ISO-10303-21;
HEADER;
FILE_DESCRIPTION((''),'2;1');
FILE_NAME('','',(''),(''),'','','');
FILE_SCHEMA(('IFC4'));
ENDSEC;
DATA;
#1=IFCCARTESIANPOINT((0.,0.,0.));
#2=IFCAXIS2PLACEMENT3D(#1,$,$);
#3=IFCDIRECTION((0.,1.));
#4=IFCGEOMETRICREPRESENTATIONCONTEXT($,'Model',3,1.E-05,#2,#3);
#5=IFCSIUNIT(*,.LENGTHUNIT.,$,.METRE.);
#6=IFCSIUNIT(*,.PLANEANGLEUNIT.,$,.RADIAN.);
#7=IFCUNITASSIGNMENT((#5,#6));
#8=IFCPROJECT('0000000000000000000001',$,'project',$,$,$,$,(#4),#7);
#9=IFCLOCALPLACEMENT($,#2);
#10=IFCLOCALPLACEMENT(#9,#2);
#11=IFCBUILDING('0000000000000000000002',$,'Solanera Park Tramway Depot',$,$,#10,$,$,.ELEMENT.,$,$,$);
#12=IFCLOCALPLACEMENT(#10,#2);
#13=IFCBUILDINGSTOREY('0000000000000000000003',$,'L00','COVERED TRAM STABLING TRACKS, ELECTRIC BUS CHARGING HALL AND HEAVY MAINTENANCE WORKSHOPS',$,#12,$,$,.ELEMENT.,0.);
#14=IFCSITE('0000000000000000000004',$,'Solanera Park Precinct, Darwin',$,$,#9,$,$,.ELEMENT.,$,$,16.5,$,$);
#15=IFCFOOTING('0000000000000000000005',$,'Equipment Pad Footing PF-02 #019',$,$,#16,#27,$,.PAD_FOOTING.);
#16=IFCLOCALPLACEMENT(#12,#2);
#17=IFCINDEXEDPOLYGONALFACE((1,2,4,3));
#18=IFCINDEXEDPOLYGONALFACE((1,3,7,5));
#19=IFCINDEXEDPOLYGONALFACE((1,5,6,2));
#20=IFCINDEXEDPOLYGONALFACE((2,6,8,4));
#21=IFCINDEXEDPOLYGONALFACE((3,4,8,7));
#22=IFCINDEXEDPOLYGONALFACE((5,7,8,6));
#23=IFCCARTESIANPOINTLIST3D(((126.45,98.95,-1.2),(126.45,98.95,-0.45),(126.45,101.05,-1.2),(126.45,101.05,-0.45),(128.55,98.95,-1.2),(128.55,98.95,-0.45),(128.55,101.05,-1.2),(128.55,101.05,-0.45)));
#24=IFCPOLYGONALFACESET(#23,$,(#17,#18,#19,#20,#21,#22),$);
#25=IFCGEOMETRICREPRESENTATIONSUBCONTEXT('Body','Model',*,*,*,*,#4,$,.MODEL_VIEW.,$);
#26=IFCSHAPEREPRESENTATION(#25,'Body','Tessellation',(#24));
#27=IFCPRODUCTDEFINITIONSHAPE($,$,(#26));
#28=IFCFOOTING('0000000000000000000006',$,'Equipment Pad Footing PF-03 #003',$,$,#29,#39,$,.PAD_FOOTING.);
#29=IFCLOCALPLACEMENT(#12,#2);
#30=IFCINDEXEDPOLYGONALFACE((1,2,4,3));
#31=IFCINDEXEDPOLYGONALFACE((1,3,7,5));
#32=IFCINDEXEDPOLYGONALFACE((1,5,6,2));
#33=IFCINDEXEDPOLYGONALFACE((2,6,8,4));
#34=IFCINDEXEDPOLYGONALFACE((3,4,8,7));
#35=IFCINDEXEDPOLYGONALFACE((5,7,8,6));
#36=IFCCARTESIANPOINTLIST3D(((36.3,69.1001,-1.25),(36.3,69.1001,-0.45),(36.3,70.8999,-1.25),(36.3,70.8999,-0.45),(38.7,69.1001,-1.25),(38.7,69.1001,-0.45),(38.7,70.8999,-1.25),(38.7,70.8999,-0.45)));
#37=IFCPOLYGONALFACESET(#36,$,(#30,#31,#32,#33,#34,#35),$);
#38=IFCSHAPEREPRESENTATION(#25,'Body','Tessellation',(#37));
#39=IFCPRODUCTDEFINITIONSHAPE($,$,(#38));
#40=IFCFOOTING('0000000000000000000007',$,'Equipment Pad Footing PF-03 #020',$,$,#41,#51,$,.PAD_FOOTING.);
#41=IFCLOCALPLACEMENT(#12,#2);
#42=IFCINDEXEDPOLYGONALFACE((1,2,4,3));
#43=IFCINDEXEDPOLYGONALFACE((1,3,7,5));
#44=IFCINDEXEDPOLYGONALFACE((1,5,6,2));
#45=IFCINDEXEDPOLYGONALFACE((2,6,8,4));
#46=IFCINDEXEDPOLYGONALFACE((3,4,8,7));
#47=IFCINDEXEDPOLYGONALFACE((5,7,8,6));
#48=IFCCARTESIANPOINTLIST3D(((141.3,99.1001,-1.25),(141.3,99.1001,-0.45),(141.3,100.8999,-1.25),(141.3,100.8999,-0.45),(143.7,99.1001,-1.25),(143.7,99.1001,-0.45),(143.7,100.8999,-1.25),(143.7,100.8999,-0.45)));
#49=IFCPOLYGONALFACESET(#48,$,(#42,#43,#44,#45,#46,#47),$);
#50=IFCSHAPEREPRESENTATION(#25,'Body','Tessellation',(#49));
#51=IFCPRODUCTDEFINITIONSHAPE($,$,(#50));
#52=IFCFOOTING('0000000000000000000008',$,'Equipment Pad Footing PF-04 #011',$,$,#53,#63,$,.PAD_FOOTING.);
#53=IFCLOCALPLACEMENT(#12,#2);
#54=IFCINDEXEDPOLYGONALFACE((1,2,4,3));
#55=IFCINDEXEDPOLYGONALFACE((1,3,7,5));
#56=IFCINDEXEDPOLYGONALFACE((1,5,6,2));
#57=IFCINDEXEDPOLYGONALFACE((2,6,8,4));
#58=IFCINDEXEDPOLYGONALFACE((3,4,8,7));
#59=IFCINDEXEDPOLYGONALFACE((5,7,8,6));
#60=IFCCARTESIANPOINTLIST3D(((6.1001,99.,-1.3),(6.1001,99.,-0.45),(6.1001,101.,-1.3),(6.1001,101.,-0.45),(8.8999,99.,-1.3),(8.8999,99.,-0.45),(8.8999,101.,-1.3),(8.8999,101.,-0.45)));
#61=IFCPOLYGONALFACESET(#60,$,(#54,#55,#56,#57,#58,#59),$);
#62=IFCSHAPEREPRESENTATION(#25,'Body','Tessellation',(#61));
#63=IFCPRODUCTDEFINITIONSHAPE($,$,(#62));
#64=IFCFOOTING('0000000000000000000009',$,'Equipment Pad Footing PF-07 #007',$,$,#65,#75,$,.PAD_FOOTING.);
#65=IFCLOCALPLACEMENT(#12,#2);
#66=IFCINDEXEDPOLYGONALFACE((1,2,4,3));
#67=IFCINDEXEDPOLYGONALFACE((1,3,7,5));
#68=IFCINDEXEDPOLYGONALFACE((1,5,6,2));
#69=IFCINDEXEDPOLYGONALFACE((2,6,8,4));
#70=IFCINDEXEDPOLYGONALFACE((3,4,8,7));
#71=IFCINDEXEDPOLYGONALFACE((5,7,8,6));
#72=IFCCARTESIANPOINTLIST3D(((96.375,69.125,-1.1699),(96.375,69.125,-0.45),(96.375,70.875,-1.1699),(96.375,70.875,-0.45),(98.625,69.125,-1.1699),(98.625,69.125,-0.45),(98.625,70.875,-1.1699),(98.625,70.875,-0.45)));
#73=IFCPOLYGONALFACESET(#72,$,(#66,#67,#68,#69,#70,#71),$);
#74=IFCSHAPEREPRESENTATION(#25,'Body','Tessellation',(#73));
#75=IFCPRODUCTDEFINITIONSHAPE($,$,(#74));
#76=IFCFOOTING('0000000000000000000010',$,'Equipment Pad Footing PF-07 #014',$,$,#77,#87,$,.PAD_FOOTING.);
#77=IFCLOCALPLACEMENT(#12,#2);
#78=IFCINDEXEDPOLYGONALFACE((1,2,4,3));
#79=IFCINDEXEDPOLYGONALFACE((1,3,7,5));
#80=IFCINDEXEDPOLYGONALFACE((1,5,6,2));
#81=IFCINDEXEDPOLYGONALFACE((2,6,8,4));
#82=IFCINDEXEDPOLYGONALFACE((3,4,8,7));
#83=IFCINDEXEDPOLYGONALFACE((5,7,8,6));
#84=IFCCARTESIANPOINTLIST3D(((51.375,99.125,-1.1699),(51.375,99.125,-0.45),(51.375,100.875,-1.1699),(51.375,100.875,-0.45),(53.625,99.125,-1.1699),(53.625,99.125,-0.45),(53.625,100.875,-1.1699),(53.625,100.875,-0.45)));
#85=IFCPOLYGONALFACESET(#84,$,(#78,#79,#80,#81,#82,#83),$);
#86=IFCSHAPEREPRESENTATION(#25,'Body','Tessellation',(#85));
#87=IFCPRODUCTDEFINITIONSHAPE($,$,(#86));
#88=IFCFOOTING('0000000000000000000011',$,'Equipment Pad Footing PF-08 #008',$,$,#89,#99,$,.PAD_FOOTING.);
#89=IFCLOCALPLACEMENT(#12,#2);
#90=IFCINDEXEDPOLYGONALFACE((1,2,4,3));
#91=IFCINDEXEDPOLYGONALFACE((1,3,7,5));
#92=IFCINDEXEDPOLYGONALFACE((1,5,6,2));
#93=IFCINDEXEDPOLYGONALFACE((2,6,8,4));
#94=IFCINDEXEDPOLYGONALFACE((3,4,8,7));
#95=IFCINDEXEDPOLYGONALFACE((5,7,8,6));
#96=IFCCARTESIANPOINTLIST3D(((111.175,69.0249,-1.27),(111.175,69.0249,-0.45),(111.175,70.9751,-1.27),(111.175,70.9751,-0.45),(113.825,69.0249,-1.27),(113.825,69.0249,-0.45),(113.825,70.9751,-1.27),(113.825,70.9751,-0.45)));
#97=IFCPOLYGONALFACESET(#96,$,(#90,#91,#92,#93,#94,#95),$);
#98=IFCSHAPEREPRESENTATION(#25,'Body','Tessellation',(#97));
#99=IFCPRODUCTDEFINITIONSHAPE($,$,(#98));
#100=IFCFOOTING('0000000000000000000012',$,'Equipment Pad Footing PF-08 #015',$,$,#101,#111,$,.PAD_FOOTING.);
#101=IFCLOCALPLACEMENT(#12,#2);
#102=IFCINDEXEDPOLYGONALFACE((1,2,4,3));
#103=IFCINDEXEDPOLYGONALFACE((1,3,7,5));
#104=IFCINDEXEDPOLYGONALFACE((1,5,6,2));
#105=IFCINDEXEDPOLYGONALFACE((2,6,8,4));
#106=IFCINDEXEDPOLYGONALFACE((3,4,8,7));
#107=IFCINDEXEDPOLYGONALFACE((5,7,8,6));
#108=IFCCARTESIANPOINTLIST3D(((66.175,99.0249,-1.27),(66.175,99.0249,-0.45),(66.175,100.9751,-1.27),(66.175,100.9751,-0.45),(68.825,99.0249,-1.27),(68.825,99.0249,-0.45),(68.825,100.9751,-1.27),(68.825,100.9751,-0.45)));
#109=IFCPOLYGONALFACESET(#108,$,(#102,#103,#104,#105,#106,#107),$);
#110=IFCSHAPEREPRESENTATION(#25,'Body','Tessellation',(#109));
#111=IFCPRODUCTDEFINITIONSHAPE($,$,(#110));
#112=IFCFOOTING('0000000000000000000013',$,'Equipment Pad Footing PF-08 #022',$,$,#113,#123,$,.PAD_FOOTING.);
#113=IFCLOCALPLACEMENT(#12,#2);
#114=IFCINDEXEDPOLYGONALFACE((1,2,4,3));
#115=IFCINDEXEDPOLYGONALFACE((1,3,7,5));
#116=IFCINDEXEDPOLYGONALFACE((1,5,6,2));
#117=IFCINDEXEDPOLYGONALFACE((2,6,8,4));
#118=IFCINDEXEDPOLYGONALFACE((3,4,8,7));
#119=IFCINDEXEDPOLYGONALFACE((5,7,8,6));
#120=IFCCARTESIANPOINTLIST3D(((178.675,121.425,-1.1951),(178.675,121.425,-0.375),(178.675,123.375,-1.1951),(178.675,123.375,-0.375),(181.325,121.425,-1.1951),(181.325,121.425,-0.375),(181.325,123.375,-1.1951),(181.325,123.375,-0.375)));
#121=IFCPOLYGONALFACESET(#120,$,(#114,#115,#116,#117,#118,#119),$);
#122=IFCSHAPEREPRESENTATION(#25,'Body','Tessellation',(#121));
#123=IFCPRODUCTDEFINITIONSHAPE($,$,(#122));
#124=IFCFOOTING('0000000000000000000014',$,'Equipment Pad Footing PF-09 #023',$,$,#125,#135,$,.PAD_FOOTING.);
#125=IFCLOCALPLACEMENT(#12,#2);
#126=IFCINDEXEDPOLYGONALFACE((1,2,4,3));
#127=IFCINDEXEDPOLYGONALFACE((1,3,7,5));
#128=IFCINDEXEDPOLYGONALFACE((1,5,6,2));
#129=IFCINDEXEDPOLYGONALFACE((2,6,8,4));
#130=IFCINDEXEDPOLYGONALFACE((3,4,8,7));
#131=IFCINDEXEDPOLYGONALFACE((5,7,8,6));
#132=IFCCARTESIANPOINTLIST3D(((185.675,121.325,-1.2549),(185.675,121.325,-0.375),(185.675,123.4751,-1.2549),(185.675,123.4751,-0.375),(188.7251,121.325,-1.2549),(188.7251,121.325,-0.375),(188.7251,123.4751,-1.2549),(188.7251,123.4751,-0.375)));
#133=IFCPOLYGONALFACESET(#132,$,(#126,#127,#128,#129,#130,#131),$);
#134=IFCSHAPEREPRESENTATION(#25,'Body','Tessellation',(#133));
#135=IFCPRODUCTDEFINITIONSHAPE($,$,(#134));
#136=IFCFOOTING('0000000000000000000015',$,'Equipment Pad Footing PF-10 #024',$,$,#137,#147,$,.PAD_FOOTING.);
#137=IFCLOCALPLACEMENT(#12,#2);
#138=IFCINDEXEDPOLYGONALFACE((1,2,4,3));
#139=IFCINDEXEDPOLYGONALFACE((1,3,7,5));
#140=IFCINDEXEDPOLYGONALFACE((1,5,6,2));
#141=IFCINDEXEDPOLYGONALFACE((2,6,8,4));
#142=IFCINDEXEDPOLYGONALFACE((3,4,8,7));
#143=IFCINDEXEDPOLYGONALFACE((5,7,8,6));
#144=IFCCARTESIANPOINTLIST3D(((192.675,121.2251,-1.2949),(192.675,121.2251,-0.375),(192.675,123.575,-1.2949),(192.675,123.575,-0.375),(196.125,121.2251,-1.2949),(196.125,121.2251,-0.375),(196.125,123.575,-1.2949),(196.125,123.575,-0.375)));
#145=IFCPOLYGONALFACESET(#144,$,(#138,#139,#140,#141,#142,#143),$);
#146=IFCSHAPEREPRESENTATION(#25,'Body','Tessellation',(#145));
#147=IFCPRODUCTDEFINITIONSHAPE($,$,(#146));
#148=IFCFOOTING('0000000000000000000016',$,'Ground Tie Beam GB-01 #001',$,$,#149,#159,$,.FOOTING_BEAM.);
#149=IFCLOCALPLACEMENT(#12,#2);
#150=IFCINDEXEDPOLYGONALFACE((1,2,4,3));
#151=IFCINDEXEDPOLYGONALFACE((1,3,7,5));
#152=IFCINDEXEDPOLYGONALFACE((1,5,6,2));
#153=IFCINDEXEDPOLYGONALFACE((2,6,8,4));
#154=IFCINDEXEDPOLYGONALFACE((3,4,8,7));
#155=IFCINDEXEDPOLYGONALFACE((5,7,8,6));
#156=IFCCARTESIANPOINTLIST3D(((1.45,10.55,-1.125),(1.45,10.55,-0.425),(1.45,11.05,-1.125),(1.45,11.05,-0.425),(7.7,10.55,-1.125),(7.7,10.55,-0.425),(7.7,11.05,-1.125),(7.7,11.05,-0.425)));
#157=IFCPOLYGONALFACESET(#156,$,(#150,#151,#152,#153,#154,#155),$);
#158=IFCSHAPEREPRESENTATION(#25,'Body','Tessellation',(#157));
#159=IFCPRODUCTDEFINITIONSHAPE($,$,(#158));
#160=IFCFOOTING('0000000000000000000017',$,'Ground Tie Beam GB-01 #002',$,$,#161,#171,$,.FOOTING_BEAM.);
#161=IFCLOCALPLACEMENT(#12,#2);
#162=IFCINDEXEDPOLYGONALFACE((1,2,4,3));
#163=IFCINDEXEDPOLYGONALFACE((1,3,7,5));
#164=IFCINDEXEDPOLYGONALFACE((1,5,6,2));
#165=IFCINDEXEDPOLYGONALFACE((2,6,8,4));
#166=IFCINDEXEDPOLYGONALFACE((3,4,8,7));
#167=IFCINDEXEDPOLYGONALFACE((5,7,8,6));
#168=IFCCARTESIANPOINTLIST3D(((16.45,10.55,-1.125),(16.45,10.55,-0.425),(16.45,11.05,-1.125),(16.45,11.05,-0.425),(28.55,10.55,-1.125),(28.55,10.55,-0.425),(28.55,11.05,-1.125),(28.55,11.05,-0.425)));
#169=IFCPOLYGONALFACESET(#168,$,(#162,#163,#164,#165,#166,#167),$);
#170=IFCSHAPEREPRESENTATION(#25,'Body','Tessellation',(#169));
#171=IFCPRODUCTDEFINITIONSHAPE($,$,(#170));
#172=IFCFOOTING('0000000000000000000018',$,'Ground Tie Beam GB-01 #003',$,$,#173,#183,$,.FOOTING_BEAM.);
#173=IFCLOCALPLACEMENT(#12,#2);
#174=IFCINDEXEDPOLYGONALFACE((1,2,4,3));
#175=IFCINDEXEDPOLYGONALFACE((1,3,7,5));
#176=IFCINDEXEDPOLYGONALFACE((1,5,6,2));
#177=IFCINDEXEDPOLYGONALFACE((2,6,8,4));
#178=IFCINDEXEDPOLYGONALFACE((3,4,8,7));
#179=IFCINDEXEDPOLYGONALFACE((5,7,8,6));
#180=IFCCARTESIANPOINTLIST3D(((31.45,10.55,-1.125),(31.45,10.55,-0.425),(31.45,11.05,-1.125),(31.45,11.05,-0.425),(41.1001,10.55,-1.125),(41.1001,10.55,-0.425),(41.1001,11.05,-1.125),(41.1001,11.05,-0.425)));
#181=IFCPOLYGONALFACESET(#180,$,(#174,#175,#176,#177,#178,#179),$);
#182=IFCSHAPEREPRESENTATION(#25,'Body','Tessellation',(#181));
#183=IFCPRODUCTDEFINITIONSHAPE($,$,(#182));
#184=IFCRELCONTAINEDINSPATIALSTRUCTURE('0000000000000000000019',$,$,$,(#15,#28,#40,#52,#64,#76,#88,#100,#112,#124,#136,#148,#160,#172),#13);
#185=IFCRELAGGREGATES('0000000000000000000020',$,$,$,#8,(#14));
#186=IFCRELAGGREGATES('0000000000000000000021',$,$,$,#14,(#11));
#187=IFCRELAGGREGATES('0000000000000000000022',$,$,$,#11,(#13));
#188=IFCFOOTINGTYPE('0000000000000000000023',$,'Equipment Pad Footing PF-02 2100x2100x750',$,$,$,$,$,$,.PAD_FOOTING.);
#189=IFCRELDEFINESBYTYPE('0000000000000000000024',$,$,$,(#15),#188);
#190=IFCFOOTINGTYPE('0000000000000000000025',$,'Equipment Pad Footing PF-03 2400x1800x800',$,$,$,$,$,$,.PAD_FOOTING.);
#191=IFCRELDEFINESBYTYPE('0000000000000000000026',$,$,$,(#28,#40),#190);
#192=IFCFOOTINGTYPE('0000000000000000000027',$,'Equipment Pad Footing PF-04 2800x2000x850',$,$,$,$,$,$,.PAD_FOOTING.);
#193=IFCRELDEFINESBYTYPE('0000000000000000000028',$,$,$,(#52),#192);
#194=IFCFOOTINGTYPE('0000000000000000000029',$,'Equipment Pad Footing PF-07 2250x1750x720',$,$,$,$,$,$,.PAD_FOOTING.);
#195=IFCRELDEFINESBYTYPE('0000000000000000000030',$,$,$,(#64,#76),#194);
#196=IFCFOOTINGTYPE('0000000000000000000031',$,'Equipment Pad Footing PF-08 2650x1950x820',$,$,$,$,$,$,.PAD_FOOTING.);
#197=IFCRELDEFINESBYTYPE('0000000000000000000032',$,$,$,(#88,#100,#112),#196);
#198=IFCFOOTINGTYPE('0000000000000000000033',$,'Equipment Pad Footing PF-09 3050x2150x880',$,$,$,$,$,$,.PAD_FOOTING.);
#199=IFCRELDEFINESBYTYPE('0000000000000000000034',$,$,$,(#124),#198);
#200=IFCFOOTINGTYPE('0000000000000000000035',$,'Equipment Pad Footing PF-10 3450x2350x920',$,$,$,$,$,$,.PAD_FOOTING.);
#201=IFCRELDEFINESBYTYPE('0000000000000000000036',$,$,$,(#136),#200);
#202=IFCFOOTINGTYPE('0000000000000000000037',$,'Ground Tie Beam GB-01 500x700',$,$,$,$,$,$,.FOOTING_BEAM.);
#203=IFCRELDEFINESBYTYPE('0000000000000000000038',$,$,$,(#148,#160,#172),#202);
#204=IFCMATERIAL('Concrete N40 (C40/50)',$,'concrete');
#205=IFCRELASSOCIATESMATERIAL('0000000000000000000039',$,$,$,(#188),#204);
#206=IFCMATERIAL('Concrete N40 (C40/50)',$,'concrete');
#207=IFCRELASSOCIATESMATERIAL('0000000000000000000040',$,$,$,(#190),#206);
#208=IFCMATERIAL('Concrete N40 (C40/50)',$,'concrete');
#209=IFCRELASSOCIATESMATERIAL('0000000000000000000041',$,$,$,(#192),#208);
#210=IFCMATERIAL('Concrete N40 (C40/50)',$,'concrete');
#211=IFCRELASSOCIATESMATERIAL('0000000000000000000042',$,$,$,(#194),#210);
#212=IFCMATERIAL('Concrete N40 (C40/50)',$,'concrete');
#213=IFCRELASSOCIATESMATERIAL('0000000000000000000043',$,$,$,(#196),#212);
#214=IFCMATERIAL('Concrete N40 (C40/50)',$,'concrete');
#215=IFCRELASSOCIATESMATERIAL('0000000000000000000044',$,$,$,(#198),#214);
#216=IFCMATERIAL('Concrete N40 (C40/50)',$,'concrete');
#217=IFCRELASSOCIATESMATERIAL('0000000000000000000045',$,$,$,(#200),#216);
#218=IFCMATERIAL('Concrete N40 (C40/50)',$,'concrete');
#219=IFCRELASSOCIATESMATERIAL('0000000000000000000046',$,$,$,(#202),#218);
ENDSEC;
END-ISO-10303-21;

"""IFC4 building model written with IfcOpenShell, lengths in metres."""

from ifc_helpers import new_model, si_unit, direction, frame, origin, place, context, subcontext, project, spatial, polyline, outline, extrude, material, type_object, element, save


model = new_model("IFC4")

# Units and contexts
model_context = context("Model", 3, precision=1e-05, world=origin(), true_north=direction((0.0, 1.0)))
body_context = subcontext(model_context, "Body", "Model", "MODEL_VIEW")
ifc_project = project(units=[si_unit("LENGTHUNIT", "METRE"), si_unit("PLANEANGLEUNIT", "RADIAN")], contexts=[model_context])

# Site, building, storey
site_placement = place(None, origin())
site = spatial("IfcSite", under=ifc_project, at=site_placement, Name="Solanera Park Precinct, Darwin", CompositionType="ELEMENT", RefElevation=16.5)
building_placement = place(site_placement, origin())
building = spatial("IfcBuilding", under=site, at=building_placement, Name="Solanera Park Tramway Depot", CompositionType="ELEMENT")
storey_placement = place(building_placement, origin())
storey = spatial("IfcBuildingStorey", under=building, at=storey_placement, Name="L00", Description="COVERED TRAM STABLING TRACKS, ELECTRIC BUS CHARGING HALL AND HEAVY MAINTENANCE WORKSHOPS", CompositionType="ELEMENT", Elevation=0.0)

# Footings
ifc_material_1 = material(Name="Concrete N40 (C40/50)", Category="concrete")
footing_type_1 = type_object("IfcFootingType", Name="Equipment Pad Footing PF-02 2100x2100x750", PredefinedType="PAD_FOOTING", material=ifc_material_1)
footing_1_placement = place(storey_placement, frame((0.0, 0.0, -1.2)))
element("IfcFooting", 1, at=footing_1_placement, inside=storey, type_object=footing_type_1, Name="Equipment Pad Footing PF-02 #019", PredefinedType="PAD_FOOTING", context=body_context, shape_type="SweptSolid", body=[
    extrude(outline(polyline([(128.55, 98.95), (128.55, 101.05), (126.45, 101.05), (126.45, 98.95), (128.55, 98.95)])), origin(), (0.0, 0.0, 1.0), 0.75),
])
ifc_material_2 = material(Name="Concrete N40 (C40/50)", Category="concrete")
footing_type_2 = type_object("IfcFootingType", Name="Equipment Pad Footing PF-03 2400x1800x800", PredefinedType="PAD_FOOTING", material=ifc_material_2)
footing_2_placement = place(storey_placement, frame((0.0, 0.0, -1.25)))
element("IfcFooting", 2, at=footing_2_placement, inside=storey, type_object=footing_type_2, Name="Equipment Pad Footing PF-03 #003", PredefinedType="PAD_FOOTING", context=body_context, shape_type="SweptSolid", body=[
    extrude(outline(polyline([(38.7, 69.1001), (38.7, 70.8999), (36.3, 70.8999), (36.3, 69.1001), (38.7, 69.1001)])), origin(), (0.0, 0.0, 1.0), 0.8),
])
footing_3_placement = place(storey_placement, frame((0.0, 0.0, -1.25)))
element("IfcFooting", 3, at=footing_3_placement, inside=storey, type_object=footing_type_2, Name="Equipment Pad Footing PF-03 #020", PredefinedType="PAD_FOOTING", context=body_context, shape_type="SweptSolid", body=[
    extrude(outline(polyline([(143.7, 99.1001), (143.7, 100.8999), (141.3, 100.8999), (141.3, 99.1001), (143.7, 99.1001)])), origin(), (0.0, 0.0, 1.0), 0.8),
])
ifc_material_3 = material(Name="Concrete N40 (C40/50)", Category="concrete")
footing_type_3 = type_object("IfcFootingType", Name="Equipment Pad Footing PF-04 2800x2000x850", PredefinedType="PAD_FOOTING", material=ifc_material_3)
footing_4_placement = place(storey_placement, frame((0.0, 0.0, -1.3)))
element("IfcFooting", 4, at=footing_4_placement, inside=storey, type_object=footing_type_3, Name="Equipment Pad Footing PF-04 #011", PredefinedType="PAD_FOOTING", context=body_context, shape_type="SweptSolid", body=[
    extrude(outline(polyline([(8.8999, 99.0), (8.8999, 101.0), (6.1001, 101.0), (6.1001, 99.0), (8.8999, 99.0)])), origin(), (0.0, 0.0, 1.0), 0.8501),
])
ifc_material_4 = material(Name="Concrete N40 (C40/50)", Category="concrete")
footing_type_4 = type_object("IfcFootingType", Name="Equipment Pad Footing PF-07 2250x1750x720", PredefinedType="PAD_FOOTING", material=ifc_material_4)
footing_5_placement = place(storey_placement, frame((0.0, 0.0, -1.1699)))
element("IfcFooting", 5, at=footing_5_placement, inside=storey, type_object=footing_type_4, Name="Equipment Pad Footing PF-07 #007", PredefinedType="PAD_FOOTING", context=body_context, shape_type="SweptSolid", body=[
    extrude(outline(polyline([(98.625, 69.125), (98.625, 70.875), (96.375, 70.875), (96.375, 69.125), (98.625, 69.125)])), origin(), (0.0, 0.0, 1.0), 0.72),
])
footing_6_placement = place(storey_placement, frame((0.0, 0.0, -1.1699)))
element("IfcFooting", 6, at=footing_6_placement, inside=storey, type_object=footing_type_4, Name="Equipment Pad Footing PF-07 #014", PredefinedType="PAD_FOOTING", context=body_context, shape_type="SweptSolid", body=[
    extrude(outline(polyline([(53.625, 99.125), (53.625, 100.875), (51.375, 100.875), (51.375, 99.125), (53.625, 99.125)])), origin(), (0.0, 0.0, 1.0), 0.72),
])
ifc_material_5 = material(Name="Concrete N40 (C40/50)", Category="concrete")
footing_type_5 = type_object("IfcFootingType", Name="Equipment Pad Footing PF-08 2650x1950x820", PredefinedType="PAD_FOOTING", material=ifc_material_5)
footing_7_placement = place(storey_placement, frame((0.0, 0.0, -1.27)))
element("IfcFooting", 7, at=footing_7_placement, inside=storey, type_object=footing_type_5, Name="Equipment Pad Footing PF-08 #008", PredefinedType="PAD_FOOTING", context=body_context, shape_type="SweptSolid", body=[
    extrude(outline(polyline([(113.825, 69.0249), (113.825, 70.9751), (111.175, 70.9751), (111.175, 69.0249), (113.825, 69.0249)])), origin(), (0.0, 0.0, 1.0), 0.8201),
])
footing_8_placement = place(storey_placement, frame((0.0, 0.0, -1.27)))
element("IfcFooting", 8, at=footing_8_placement, inside=storey, type_object=footing_type_5, Name="Equipment Pad Footing PF-08 #015", PredefinedType="PAD_FOOTING", context=body_context, shape_type="SweptSolid", body=[
    extrude(outline(polyline([(68.825, 99.0249), (68.825, 100.9751), (66.175, 100.9751), (66.175, 99.0249), (68.825, 99.0249)])), origin(), (0.0, 0.0, 1.0), 0.8201),
])
footing_9_placement = place(storey_placement, frame((0.0, 0.0, -1.1951)))
element("IfcFooting", 9, at=footing_9_placement, inside=storey, type_object=footing_type_5, Name="Equipment Pad Footing PF-08 #022", PredefinedType="PAD_FOOTING", context=body_context, shape_type="SweptSolid", body=[
    extrude(outline(polyline([(181.325, 121.425), (181.325, 123.375), (178.675, 123.375), (178.675, 121.425), (181.325, 121.425)])), origin(), (0.0, 0.0, 1.0), 0.8201),
])
ifc_material_6 = material(Name="Concrete N40 (C40/50)", Category="concrete")
footing_type_6 = type_object("IfcFootingType", Name="Equipment Pad Footing PF-09 3050x2150x880", PredefinedType="PAD_FOOTING", material=ifc_material_6)
footing_10_placement = place(storey_placement, frame((0.0, 0.0, -1.2549)))
element("IfcFooting", 10, at=footing_10_placement, inside=storey, type_object=footing_type_6, Name="Equipment Pad Footing PF-09 #023", PredefinedType="PAD_FOOTING", context=body_context, shape_type="SweptSolid", body=[
    extrude(outline(polyline([(188.7251, 121.325), (188.7251, 123.4751), (185.675, 123.4751), (185.675, 121.325), (188.7251, 121.325)])), origin(), (0.0, 0.0, 1.0), 0.8799),
])
ifc_material_7 = material(Name="Concrete N40 (C40/50)", Category="concrete")
footing_type_7 = type_object("IfcFootingType", Name="Equipment Pad Footing PF-10 3450x2350x920", PredefinedType="PAD_FOOTING", material=ifc_material_7)
footing_11_placement = place(storey_placement, frame((0.0, 0.0, -1.2949)))
element("IfcFooting", 11, at=footing_11_placement, inside=storey, type_object=footing_type_7, Name="Equipment Pad Footing PF-10 #024", PredefinedType="PAD_FOOTING", context=body_context, shape_type="SweptSolid", body=[
    extrude(outline(polyline([(196.125, 121.2251), (196.125, 123.575), (192.675, 123.575), (192.675, 121.2251), (196.125, 121.2251)])), origin(), (0.0, 0.0, 1.0), 0.9199),
])
ifc_material_8 = material(Name="Concrete N40 (C40/50)", Category="concrete")
footing_type_8 = type_object("IfcFootingType", Name="Ground Tie Beam GB-01 500x700", PredefinedType="FOOTING_BEAM", material=ifc_material_8)
footing_12_placement = place(storey_placement, frame((0.0, 0.0, -1.125)))
element("IfcFooting", 12, at=footing_12_placement, inside=storey, type_object=footing_type_8, Name="Ground Tie Beam GB-01 #001", PredefinedType="FOOTING_BEAM", context=body_context, shape_type="SweptSolid", body=[
    extrude(outline(polyline([(7.7, 10.55), (7.7, 11.05), (1.45, 11.05), (1.45, 10.55), (7.7, 10.55)])), origin(), (0.0, 0.0, 1.0), 0.7),
])
footing_13_placement = place(storey_placement, frame((0.0, 0.0, -1.125)))
element("IfcFooting", 13, at=footing_13_placement, inside=storey, type_object=footing_type_8, Name="Ground Tie Beam GB-01 #002", PredefinedType="FOOTING_BEAM", context=body_context, shape_type="SweptSolid", body=[
    extrude(outline(polyline([(28.55, 10.55), (28.55, 11.05), (16.45, 11.05), (16.45, 10.55), (28.55, 10.55)])), origin(), (0.0, 0.0, 1.0), 0.7),
])
footing_14_placement = place(storey_placement, frame((0.0, 0.0, -1.125)))
element("IfcFooting", 14, at=footing_14_placement, inside=storey, type_object=footing_type_8, Name="Ground Tie Beam GB-01 #003", PredefinedType="FOOTING_BEAM", context=body_context, shape_type="SweptSolid", body=[
    extrude(outline(polyline([(41.1001, 10.55), (41.1001, 11.05), (31.45, 11.05), (31.45, 10.55), (41.1001, 10.55)])), origin(), (0.0, 0.0, 1.0), 0.7),
])

save(model, "model.ifc")
